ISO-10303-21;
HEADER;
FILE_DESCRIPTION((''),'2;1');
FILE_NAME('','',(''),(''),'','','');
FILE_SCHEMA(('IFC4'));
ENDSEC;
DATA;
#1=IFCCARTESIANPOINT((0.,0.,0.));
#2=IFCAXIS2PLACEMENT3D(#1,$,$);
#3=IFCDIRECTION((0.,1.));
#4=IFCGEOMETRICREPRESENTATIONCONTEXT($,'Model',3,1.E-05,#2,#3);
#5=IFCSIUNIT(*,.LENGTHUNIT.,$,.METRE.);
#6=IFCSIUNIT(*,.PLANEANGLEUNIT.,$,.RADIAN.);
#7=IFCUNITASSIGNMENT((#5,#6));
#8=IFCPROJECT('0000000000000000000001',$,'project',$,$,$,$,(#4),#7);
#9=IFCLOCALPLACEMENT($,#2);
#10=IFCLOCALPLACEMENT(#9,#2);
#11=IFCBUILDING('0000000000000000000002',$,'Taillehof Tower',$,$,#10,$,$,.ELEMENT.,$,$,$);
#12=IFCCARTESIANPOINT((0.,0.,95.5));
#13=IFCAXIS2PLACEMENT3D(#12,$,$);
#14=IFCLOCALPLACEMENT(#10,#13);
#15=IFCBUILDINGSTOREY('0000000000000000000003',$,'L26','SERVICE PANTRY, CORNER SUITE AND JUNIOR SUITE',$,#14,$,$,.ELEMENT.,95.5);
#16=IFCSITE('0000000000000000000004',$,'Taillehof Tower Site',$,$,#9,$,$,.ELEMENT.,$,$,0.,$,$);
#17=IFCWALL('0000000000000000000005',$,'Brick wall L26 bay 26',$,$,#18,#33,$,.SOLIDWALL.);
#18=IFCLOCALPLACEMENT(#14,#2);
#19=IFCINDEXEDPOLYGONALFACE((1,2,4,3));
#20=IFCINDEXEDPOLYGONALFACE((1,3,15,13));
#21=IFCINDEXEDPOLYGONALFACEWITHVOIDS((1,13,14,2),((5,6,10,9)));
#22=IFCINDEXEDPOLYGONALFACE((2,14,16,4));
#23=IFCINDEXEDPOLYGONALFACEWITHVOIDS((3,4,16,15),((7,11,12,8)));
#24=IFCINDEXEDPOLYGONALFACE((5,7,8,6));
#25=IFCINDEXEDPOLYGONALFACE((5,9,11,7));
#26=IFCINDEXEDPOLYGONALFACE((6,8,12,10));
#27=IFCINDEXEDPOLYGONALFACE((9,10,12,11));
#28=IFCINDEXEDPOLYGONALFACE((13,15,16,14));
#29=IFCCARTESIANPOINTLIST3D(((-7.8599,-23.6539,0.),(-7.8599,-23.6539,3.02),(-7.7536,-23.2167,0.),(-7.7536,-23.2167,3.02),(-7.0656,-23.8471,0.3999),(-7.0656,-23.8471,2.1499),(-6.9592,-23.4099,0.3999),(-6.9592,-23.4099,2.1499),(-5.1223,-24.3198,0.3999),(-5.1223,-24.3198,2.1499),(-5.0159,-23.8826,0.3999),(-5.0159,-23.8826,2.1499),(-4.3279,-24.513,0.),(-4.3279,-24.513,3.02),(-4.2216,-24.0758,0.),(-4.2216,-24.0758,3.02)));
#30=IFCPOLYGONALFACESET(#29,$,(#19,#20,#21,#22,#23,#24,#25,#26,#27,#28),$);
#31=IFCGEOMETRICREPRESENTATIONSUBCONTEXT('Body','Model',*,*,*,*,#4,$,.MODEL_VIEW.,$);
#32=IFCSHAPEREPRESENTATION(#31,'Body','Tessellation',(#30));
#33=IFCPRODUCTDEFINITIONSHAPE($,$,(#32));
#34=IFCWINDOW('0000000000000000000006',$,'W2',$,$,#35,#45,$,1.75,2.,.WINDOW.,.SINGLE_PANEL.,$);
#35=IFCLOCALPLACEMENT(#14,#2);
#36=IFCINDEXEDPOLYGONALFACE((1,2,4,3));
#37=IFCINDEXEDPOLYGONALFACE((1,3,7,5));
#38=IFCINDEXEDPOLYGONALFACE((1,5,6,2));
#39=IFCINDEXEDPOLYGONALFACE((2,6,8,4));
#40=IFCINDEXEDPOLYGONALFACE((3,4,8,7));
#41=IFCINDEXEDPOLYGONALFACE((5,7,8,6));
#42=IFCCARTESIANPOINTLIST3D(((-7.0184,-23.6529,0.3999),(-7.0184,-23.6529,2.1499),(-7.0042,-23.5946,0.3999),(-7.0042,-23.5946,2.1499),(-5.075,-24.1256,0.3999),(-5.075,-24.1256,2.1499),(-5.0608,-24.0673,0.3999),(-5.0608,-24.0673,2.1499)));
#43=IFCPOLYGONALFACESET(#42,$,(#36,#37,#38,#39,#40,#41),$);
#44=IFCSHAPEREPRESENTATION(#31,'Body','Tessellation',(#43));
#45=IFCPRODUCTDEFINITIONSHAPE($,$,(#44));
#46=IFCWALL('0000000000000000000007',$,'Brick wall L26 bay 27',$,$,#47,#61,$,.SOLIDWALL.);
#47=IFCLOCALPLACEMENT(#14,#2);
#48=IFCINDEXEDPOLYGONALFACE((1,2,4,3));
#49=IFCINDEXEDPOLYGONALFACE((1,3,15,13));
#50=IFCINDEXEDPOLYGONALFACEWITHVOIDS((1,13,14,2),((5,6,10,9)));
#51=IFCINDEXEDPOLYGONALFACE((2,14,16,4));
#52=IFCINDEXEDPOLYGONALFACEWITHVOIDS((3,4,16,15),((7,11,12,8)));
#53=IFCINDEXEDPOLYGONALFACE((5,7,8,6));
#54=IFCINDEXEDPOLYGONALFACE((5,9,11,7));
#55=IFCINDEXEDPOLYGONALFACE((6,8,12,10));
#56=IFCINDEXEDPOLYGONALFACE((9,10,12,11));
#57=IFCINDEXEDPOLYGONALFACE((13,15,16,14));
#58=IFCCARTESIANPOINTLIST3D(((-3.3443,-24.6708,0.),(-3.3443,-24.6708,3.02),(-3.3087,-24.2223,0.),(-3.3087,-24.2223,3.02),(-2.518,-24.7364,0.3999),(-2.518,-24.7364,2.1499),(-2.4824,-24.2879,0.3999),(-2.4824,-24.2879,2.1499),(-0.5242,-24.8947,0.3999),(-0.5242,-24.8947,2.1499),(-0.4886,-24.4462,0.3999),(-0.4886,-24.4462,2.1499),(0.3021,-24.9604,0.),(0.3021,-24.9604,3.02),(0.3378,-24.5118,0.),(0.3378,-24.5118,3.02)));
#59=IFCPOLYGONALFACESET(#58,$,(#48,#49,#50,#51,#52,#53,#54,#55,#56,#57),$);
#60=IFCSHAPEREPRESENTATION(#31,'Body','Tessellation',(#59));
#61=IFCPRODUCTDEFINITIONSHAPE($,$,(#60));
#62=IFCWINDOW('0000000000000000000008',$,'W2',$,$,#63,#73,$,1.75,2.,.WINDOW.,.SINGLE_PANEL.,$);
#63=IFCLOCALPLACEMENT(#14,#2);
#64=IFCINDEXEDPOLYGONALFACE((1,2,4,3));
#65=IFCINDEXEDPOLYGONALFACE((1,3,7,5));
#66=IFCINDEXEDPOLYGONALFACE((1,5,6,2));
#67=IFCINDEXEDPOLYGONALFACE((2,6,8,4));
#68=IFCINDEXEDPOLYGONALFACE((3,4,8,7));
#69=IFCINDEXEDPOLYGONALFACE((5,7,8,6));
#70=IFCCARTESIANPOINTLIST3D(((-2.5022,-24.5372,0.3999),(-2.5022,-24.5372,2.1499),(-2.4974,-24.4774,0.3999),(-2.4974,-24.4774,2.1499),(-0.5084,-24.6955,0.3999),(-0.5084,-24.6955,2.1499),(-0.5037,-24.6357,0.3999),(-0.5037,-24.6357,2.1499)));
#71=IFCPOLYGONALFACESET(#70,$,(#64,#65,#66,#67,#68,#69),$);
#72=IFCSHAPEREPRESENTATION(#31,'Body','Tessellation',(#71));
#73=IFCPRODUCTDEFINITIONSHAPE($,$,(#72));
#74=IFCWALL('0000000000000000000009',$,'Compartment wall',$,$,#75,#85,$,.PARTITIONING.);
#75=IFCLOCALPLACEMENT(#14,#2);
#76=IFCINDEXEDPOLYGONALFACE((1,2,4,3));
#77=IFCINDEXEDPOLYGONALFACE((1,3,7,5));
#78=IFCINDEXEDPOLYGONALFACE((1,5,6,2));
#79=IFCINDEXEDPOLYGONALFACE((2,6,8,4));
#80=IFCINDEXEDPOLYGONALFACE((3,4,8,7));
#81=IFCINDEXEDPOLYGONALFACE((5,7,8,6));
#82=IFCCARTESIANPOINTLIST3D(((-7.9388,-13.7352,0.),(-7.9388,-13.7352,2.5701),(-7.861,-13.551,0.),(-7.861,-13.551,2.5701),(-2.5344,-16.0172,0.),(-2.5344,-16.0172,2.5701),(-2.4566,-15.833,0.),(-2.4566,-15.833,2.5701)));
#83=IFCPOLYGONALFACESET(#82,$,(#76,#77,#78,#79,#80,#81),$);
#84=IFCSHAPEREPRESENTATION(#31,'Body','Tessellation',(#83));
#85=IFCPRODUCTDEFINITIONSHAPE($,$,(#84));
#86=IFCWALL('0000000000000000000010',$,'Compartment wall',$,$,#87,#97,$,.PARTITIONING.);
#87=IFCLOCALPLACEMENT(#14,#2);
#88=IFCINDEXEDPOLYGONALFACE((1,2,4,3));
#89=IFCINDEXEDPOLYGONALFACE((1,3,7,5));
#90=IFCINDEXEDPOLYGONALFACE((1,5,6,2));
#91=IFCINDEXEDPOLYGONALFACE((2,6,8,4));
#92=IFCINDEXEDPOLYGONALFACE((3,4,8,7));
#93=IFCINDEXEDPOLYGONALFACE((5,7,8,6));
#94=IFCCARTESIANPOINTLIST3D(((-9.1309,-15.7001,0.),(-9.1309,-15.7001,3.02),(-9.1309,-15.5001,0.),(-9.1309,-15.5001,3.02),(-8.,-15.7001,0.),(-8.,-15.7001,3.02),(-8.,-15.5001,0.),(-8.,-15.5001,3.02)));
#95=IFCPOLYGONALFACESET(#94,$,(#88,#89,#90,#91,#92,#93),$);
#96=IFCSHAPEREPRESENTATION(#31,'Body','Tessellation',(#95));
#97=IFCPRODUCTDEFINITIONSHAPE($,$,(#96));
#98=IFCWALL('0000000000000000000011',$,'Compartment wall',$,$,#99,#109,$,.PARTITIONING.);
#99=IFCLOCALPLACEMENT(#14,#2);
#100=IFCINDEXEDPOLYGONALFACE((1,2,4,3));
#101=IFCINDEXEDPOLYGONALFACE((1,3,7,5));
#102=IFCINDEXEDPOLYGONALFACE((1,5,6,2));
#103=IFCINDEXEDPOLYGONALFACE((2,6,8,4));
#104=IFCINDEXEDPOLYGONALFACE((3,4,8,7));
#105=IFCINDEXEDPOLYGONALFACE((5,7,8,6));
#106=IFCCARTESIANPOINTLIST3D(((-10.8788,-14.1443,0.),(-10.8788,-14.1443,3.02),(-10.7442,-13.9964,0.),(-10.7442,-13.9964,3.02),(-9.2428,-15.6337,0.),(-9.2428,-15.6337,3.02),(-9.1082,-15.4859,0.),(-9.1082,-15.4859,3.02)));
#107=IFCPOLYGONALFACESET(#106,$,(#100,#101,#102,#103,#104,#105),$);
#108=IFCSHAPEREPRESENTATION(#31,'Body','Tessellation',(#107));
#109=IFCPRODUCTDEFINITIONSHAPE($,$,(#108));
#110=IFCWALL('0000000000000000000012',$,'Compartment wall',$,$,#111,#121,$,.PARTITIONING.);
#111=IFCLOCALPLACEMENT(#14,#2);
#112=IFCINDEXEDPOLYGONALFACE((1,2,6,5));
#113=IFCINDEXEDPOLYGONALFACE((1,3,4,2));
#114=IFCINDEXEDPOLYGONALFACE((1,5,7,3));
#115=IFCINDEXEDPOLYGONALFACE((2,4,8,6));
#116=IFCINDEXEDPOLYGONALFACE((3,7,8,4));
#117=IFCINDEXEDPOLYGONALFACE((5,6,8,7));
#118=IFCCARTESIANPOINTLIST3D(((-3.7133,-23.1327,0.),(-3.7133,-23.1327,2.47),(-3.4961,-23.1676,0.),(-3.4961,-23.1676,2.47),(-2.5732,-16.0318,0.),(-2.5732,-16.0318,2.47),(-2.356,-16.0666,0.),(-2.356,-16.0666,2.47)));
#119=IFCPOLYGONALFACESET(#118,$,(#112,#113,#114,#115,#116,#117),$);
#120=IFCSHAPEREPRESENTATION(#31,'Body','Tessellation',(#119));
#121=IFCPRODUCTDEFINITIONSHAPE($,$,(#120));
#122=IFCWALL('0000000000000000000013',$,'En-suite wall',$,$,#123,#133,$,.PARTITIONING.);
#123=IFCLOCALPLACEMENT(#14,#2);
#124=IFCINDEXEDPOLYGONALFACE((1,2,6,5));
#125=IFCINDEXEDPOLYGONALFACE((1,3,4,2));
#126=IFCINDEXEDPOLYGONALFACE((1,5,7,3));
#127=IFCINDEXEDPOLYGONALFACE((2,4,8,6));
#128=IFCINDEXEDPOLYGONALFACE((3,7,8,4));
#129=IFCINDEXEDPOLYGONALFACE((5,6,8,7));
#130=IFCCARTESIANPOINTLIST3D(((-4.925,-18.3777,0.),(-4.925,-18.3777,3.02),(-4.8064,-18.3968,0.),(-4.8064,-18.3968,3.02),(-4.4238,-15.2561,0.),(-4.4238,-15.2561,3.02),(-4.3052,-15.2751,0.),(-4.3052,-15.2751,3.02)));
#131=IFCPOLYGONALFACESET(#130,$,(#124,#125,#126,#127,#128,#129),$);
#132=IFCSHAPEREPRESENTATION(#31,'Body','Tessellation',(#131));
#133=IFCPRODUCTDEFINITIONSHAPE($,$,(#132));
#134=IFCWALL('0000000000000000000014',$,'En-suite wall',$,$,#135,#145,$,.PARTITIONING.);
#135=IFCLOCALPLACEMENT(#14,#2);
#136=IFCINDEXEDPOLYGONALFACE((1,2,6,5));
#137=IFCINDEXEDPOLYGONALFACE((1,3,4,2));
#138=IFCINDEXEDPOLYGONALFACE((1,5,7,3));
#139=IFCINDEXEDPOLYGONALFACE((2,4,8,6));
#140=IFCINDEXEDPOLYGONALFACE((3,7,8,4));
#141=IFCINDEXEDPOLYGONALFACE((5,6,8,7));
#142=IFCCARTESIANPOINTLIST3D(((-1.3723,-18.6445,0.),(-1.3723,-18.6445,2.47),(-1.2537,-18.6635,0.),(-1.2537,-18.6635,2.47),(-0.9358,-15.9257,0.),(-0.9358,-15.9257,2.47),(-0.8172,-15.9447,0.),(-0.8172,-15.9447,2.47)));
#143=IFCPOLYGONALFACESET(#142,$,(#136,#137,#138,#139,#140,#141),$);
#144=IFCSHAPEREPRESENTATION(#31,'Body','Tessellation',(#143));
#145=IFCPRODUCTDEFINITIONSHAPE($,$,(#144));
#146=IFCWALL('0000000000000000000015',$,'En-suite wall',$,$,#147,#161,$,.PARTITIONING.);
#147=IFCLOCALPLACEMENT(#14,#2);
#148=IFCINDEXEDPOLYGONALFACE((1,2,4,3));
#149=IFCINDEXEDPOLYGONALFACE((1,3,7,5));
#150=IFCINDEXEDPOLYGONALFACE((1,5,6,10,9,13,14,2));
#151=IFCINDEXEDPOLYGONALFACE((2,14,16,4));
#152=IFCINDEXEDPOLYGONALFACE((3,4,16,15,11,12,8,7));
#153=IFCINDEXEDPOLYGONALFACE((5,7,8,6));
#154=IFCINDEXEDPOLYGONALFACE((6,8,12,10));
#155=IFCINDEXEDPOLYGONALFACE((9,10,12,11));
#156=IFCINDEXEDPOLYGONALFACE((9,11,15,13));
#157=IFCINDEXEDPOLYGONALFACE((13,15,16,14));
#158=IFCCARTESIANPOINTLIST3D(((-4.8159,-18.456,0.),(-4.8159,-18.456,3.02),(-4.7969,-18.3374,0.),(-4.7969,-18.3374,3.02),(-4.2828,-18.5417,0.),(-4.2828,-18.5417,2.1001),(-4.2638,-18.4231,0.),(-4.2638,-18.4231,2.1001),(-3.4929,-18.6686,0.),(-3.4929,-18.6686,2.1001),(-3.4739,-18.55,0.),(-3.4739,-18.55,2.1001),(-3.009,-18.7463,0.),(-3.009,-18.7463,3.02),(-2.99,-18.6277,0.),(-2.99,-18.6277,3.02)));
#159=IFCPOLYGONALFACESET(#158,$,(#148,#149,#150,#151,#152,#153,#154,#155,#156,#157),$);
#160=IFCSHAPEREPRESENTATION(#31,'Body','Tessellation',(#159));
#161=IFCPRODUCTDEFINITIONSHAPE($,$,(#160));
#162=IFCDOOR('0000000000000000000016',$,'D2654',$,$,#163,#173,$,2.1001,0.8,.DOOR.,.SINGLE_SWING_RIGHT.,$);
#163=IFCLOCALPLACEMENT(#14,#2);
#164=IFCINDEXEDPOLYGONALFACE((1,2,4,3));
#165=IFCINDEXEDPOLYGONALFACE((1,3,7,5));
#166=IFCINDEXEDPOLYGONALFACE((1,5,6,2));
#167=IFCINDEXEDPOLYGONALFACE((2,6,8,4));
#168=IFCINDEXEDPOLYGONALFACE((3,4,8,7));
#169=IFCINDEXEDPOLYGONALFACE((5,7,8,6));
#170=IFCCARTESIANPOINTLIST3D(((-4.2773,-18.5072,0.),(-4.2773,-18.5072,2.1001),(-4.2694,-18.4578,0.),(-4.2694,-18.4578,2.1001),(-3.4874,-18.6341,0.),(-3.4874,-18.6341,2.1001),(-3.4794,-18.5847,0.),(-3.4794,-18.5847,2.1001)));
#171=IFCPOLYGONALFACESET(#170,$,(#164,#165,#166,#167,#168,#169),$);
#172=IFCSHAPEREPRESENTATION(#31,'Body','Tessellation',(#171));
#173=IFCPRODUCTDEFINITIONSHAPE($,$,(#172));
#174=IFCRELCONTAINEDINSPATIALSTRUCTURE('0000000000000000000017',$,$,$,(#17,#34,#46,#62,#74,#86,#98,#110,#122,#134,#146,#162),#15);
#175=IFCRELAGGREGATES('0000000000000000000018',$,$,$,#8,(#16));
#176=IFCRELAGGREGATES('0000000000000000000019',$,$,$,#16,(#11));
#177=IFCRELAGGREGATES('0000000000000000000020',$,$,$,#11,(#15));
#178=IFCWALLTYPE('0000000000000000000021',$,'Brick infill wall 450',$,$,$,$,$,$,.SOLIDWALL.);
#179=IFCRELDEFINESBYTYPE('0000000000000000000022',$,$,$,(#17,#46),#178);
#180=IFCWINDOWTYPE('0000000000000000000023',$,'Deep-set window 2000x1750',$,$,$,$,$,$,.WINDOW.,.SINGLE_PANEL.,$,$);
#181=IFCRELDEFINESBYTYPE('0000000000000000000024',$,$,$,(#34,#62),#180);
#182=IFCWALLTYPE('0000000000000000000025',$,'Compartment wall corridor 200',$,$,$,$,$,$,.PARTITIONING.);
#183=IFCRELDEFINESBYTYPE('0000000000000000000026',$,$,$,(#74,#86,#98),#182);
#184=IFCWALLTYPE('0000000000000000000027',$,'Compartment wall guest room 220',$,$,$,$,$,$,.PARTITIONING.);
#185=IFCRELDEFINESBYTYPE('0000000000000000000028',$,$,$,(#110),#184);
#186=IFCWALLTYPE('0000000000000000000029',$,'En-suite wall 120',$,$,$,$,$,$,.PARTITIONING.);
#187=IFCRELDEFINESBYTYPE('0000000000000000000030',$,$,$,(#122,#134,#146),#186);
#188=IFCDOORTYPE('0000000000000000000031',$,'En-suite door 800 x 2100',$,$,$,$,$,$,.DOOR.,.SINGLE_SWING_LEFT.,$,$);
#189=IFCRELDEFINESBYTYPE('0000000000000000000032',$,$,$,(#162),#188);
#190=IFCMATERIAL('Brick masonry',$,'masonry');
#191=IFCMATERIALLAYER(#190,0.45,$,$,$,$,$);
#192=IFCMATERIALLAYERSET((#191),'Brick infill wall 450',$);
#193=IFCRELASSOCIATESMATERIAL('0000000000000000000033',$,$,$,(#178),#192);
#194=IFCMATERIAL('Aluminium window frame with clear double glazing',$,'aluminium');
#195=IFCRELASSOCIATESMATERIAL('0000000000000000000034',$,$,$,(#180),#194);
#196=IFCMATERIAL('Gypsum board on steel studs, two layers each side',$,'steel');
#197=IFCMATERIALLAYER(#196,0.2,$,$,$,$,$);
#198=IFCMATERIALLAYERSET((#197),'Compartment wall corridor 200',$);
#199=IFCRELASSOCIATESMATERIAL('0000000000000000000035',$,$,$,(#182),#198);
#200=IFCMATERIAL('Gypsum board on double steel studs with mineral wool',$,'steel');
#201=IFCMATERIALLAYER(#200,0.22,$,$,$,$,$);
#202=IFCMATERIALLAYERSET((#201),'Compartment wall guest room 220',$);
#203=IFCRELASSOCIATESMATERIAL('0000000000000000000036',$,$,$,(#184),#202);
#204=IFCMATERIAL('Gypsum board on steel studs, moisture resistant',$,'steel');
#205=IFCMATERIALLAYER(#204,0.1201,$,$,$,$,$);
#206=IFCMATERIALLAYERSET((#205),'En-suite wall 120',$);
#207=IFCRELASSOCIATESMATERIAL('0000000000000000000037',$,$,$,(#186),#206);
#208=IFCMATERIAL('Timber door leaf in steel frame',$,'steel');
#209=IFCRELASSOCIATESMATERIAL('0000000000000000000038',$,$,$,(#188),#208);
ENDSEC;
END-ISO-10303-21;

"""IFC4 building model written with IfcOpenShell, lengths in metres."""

from ifc_helpers import new_model, si_unit, direction, frame, frame_2d, origin, place, context, subcontext, project, spatial, rectangle, extrude, material, layer, layer_set, type_object, element, fill, save


model = new_model("IFC4")

# Units and contexts
model_context = context("Model", 3, precision=1e-05, world=origin(), true_north=direction((0.0, 1.0)))
body_context = subcontext(model_context, "Body", "Model", "MODEL_VIEW")
ifc_project = project(units=[si_unit("LENGTHUNIT", "METRE"), si_unit("PLANEANGLEUNIT", "RADIAN")], contexts=[model_context])

# Site, building, storey
site_placement = place(None, origin())
site = spatial("IfcSite", under=ifc_project, at=site_placement, Name="Taillehof Tower Site", CompositionType="ELEMENT", RefElevation=0.0)
building_placement = place(site_placement, origin())
building = spatial("IfcBuilding", under=site, at=building_placement, Name="Taillehof Tower", CompositionType="ELEMENT")
storey_placement = place(building_placement, frame((0.0, 0.0, 95.5)))
storey = spatial("IfcBuildingStorey", under=building, at=storey_placement, Name="L26", Description="SERVICE PANTRY, CORNER SUITE AND JUNIOR SUITE", CompositionType="ELEMENT", Elevation=95.5)

# Walls, openings, windows
ifc_material_1 = material(Name="Brick masonry", Category="masonry")
ifc_layer_1 = layer(ifc_material_1, 0.45)
ifc_layer_set_1 = layer_set([ifc_layer_1], Name="Brick infill wall 450")
wall_type_1 = type_object("IfcWallType", Name="Brick infill wall 450", PredefinedType="SOLIDWALL", material=ifc_layer_set_1)
ifc_material_2 = material(Name="Aluminium window frame with clear double glazing", Category="aluminium")
window_type = type_object("IfcWindowType", Name="Deep-set window 2000x1750", PartitioningType="SINGLE_PANEL", PredefinedType="WINDOW", material=ifc_material_2)
wall_1_placement = place(storey_placement, frame((-7.8066, -23.4353, 0.0), z_axis=(0.0, 0.0, 1.0), x_axis=(0.971668, -0.236352, 0.0)))
wall_1 = element("IfcWall", 1, at=wall_1_placement, inside=storey, type_object=wall_type_1, Name="Brick wall L26 bay 26", PredefinedType="SOLIDWALL", context=body_context, shape_type="SweptSolid", body=[
    extrude(rectangle(XDim=3.635, YDim=0.45, at=frame_2d((1.8174, 0.0))), origin(), (0.0, 0.0, 1.0), 3.02),
])
opening_1_placement = place(wall_1_placement, frame((0.8174, 0.0, 0.3999)))
opening_1 = element("IfcOpeningElement", 2, at=opening_1_placement, cuts=wall_1, PredefinedType="OPENING", context=body_context, shape_type="SweptSolid", body=[
    extrude(rectangle(XDim=2.0, YDim=1.75, at=frame_2d((1.0, 0.875))), frame((0.0, 0.2349, 0.0), z_axis=(0.0, -1.0, 0.0), x_axis=(1.0, 0.0, 0.0)), (0.0, 0.0, 1.0), 0.47),
])
window_1_placement = place(opening_1_placement, origin())
window_1 = element("IfcWindow", 3, at=window_1_placement, inside=storey, type_object=window_type, Name="W2", OverallHeight=1.75, OverallWidth=2.0, PartitioningType="SINGLE_PANEL", PredefinedType="WINDOW", context=body_context, shape_type="SweptSolid", body=[
    extrude(rectangle(XDim=2.0, YDim=1.75, at=frame_2d((1.0, 0.875))), frame((0.0, 0.0349, 0.0), z_axis=(0.0, -1.0, 0.0), x_axis=(1.0, 0.0, 0.0)), (0.0, 0.0, 1.0), 0.0601),
])
fill(opening_1, window_1)
wall_2_placement = place(storey_placement, frame((-3.3267, -24.4465, 0.0), z_axis=(0.0, 0.0, 1.0), x_axis=(0.996862, -0.079156, 0.0)))
wall_2 = element("IfcWall", 4, at=wall_2_placement, inside=storey, type_object=wall_type_1, Name="Brick wall L26 bay 27", PredefinedType="SOLIDWALL", context=body_context, shape_type="SweptSolid", body=[
    extrude(rectangle(XDim=3.658, YDim=0.45, at=frame_2d((1.8291, 0.0))), origin(), (0.0, 0.0, 1.0), 3.02),
])
opening_2_placement = place(wall_2_placement, frame((0.8291, 0.0, 0.3999)))
opening_2 = element("IfcOpeningElement", 5, at=opening_2_placement, cuts=wall_2, PredefinedType="OPENING", context=body_context, shape_type="SweptSolid", body=[
    extrude(rectangle(XDim=2.0, YDim=1.75, at=frame_2d((1.0, 0.875))), frame((0.0, 0.2349, 0.0), z_axis=(0.0, -1.0, 0.0), x_axis=(1.0, 0.0, 0.0)), (0.0, 0.0, 1.0), 0.47),
])
window_2_placement = place(opening_2_placement, origin())
window_2 = element("IfcWindow", 6, at=window_2_placement, inside=storey, type_object=window_type, Name="W2", OverallHeight=1.75, OverallWidth=2.0, PartitioningType="SINGLE_PANEL", PredefinedType="WINDOW", context=body_context, shape_type="SweptSolid", body=[
    extrude(rectangle(XDim=2.0, YDim=1.75, at=frame_2d((1.0, 0.875))), frame((0.0, 0.0349, 0.0), z_axis=(0.0, -1.0, 0.0), x_axis=(1.0, 0.0, 0.0)), (0.0, 0.0, 1.0), 0.0601),
])
fill(opening_2, window_2)

# Walls
ifc_material_3 = material(Name="Gypsum board on steel studs, two layers each side", Category="steel")
ifc_layer_2 = layer(ifc_material_3, 0.2)
ifc_layer_set_2 = layer_set([ifc_layer_2], Name="Compartment wall corridor 200")
wall_type_2 = type_object("IfcWallType", Name="Compartment wall corridor 200", PredefinedType="PARTITIONING", material=ifc_layer_set_2)
wall_3_placement = place(storey_placement, frame((-2.4956, -15.925, 0.0), z_axis=(0.0, 0.0, 1.0), x_axis=(-0.921239, 0.388996, 0.0)))
element("IfcWall", 7, at=wall_3_placement, inside=storey, type_object=wall_type_2, Name="Compartment wall", PredefinedType="PARTITIONING", context=body_context, shape_type="SweptSolid", body=[
    extrude(rectangle(XDim=5.8665, YDim=0.2, at=frame_2d((2.9331, 0.0))), origin(), (0.0, 0.0, 1.0), 2.5701),
])
wall_4_placement = place(storey_placement, frame((-8.0, -15.6001, 0.0), z_axis=(0.0, 0.0, 1.0), x_axis=(-1.0, 0.0, 0.0)))
element("IfcWall", 8, at=wall_4_placement, inside=storey, type_object=wall_type_2, Name="Compartment wall", PredefinedType="PARTITIONING", context=body_context, shape_type="SweptSolid", body=[
    extrude(rectangle(XDim=1.1309, YDim=0.2, at=frame_2d((0.5654, 0.0))), origin(), (0.0, 0.0, 1.0), 3.02),
])
wall_5_placement = place(storey_placement, frame((-9.1755, -15.5598, 0.0), z_axis=(0.0, 0.0, 1.0), x_axis=(-0.739436, 0.673227, 0.0)))
element("IfcWall", 9, at=wall_5_placement, inside=storey, type_object=wall_type_2, Name="Compartment wall", PredefinedType="PARTITIONING", context=body_context, shape_type="SweptSolid", body=[
    extrude(rectangle(XDim=2.2124, YDim=0.2, at=frame_2d((1.1062, 0.0))), origin(), (0.0, 0.0, 1.0), 3.02),
])
ifc_material_4 = material(Name="Gypsum board on double steel studs with mineral wool", Category="steel")
ifc_layer_3 = layer(ifc_material_4, 0.22)
ifc_layer_set_3 = layer_set([ifc_layer_3], Name="Compartment wall guest room 220")
wall_type_3 = type_object("IfcWallType", Name="Compartment wall guest room 220", PredefinedType="PARTITIONING", material=ifc_layer_set_3)
wall_6_placement = place(storey_placement, frame((-3.6047, -23.1501, 0.0), z_axis=(0.0, 0.0, 1.0), x_axis=(0.158533, 0.987354, 0.0)))
element("IfcWall", 10, at=wall_6_placement, inside=storey, type_object=wall_type_3, Name="Compartment wall", PredefinedType="PARTITIONING", context=body_context, shape_type="SweptSolid", body=[
    extrude(rectangle(XDim=7.1919, YDim=0.22, at=frame_2d((3.5959, 0.0))), origin(), (0.0, 0.0, 1.0), 2.47),
])
ifc_material_5 = material(Name="Gypsum board on steel studs, moisture resistant", Category="steel")
ifc_layer_4 = layer(ifc_material_5, 0.1201)
ifc_layer_set_4 = layer_set([ifc_layer_4], Name="En-suite wall 120")
wall_type_4 = type_object("IfcWallType", Name="En-suite wall 120", PredefinedType="PARTITIONING", material=ifc_layer_set_4)
wall_7_placement = place(storey_placement, frame((-4.3645, -15.2656, 0.0), z_axis=(0.0, 0.0, 1.0), x_axis=(-0.158536, -0.987353, 0.0)))
element("IfcWall", 11, at=wall_7_placement, inside=storey, type_object=wall_type_4, Name="En-suite wall", PredefinedType="PARTITIONING", context=body_context, shape_type="SweptSolid", body=[
    extrude(rectangle(XDim=3.1616, YDim=0.1201, at=frame_2d((1.5808, 0.0))), origin(), (0.0, 0.0, 1.0), 3.02),
])
wall_8_placement = place(storey_placement, frame((-0.8765, -15.9351, 0.0), z_axis=(0.0, 0.0, 1.0), x_axis=(-0.15853, -0.987354, 0.0)))
element("IfcWall", 12, at=wall_8_placement, inside=storey, type_object=wall_type_4, Name="En-suite wall", PredefinedType="PARTITIONING", context=body_context, shape_type="SweptSolid", body=[
    extrude(rectangle(XDim=2.7537, YDim=0.1201, at=frame_2d((1.377, 0.0))), origin(), (0.0, 0.0, 1.0), 2.47),
])

# Wall, opening, door
wall_9_placement = place(storey_placement, frame((-4.8064, -18.3967, 0.0), z_axis=(0.0, 0.0, 1.0), x_axis=(0.98734, -0.15862, 0.0)))
wall_9 = element("IfcWall", 13, at=wall_9_placement, inside=storey, type_object=wall_type_4, Name="En-suite wall", PredefinedType="PARTITIONING", context=body_context, shape_type="SweptSolid", body=[
    extrude(rectangle(XDim=1.8301, YDim=0.1201, at=frame_2d((0.915, 0.0))), origin(), (0.0, 0.0, 1.0), 3.02),
])
opening_3_placement = place(wall_9_placement, frame((0.54, 0.0, 0.0)))
opening_3 = element("IfcOpeningElement", 14, at=opening_3_placement, cuts=wall_9, PredefinedType="OPENING", context=body_context, shape_type="SweptSolid", body=[
    extrude(rectangle(XDim=0.8, YDim=2.1001, at=frame_2d((0.3999, 1.05))), frame((0.0, 0.0701, 0.0), z_axis=(0.0, -1.0, 0.0), x_axis=(1.0, 0.0, 0.0)), (0.0, 0.0, 1.0), 0.1401),
])
ifc_material_6 = material(Name="Timber door leaf in steel frame", Category="steel")
door_type = type_object("IfcDoorType", Name="En-suite door 800 x 2100", OperationType="SINGLE_SWING_LEFT", PredefinedType="DOOR", material=ifc_material_6)
door_1_placement = place(opening_3_placement, origin())
door_1 = element("IfcDoor", 15, at=door_1_placement, inside=storey, type_object=door_type, Name="D2654", OperationType="SINGLE_SWING_RIGHT", OverallHeight=2.1001, OverallWidth=0.8, PredefinedType="DOOR", context=body_context, shape_type="SweptSolid", body=[
    extrude(rectangle(XDim=0.8, YDim=2.1001, at=frame_2d((0.3999, 1.05))), frame((0.0, 0.0249, 0.0), z_axis=(0.0, -1.0, 0.0), x_axis=(1.0, 0.0, 0.0)), (0.0, 0.0, 1.0), 0.05),
])
fill(opening_3, door_1)

save(model, "model.ifc")
